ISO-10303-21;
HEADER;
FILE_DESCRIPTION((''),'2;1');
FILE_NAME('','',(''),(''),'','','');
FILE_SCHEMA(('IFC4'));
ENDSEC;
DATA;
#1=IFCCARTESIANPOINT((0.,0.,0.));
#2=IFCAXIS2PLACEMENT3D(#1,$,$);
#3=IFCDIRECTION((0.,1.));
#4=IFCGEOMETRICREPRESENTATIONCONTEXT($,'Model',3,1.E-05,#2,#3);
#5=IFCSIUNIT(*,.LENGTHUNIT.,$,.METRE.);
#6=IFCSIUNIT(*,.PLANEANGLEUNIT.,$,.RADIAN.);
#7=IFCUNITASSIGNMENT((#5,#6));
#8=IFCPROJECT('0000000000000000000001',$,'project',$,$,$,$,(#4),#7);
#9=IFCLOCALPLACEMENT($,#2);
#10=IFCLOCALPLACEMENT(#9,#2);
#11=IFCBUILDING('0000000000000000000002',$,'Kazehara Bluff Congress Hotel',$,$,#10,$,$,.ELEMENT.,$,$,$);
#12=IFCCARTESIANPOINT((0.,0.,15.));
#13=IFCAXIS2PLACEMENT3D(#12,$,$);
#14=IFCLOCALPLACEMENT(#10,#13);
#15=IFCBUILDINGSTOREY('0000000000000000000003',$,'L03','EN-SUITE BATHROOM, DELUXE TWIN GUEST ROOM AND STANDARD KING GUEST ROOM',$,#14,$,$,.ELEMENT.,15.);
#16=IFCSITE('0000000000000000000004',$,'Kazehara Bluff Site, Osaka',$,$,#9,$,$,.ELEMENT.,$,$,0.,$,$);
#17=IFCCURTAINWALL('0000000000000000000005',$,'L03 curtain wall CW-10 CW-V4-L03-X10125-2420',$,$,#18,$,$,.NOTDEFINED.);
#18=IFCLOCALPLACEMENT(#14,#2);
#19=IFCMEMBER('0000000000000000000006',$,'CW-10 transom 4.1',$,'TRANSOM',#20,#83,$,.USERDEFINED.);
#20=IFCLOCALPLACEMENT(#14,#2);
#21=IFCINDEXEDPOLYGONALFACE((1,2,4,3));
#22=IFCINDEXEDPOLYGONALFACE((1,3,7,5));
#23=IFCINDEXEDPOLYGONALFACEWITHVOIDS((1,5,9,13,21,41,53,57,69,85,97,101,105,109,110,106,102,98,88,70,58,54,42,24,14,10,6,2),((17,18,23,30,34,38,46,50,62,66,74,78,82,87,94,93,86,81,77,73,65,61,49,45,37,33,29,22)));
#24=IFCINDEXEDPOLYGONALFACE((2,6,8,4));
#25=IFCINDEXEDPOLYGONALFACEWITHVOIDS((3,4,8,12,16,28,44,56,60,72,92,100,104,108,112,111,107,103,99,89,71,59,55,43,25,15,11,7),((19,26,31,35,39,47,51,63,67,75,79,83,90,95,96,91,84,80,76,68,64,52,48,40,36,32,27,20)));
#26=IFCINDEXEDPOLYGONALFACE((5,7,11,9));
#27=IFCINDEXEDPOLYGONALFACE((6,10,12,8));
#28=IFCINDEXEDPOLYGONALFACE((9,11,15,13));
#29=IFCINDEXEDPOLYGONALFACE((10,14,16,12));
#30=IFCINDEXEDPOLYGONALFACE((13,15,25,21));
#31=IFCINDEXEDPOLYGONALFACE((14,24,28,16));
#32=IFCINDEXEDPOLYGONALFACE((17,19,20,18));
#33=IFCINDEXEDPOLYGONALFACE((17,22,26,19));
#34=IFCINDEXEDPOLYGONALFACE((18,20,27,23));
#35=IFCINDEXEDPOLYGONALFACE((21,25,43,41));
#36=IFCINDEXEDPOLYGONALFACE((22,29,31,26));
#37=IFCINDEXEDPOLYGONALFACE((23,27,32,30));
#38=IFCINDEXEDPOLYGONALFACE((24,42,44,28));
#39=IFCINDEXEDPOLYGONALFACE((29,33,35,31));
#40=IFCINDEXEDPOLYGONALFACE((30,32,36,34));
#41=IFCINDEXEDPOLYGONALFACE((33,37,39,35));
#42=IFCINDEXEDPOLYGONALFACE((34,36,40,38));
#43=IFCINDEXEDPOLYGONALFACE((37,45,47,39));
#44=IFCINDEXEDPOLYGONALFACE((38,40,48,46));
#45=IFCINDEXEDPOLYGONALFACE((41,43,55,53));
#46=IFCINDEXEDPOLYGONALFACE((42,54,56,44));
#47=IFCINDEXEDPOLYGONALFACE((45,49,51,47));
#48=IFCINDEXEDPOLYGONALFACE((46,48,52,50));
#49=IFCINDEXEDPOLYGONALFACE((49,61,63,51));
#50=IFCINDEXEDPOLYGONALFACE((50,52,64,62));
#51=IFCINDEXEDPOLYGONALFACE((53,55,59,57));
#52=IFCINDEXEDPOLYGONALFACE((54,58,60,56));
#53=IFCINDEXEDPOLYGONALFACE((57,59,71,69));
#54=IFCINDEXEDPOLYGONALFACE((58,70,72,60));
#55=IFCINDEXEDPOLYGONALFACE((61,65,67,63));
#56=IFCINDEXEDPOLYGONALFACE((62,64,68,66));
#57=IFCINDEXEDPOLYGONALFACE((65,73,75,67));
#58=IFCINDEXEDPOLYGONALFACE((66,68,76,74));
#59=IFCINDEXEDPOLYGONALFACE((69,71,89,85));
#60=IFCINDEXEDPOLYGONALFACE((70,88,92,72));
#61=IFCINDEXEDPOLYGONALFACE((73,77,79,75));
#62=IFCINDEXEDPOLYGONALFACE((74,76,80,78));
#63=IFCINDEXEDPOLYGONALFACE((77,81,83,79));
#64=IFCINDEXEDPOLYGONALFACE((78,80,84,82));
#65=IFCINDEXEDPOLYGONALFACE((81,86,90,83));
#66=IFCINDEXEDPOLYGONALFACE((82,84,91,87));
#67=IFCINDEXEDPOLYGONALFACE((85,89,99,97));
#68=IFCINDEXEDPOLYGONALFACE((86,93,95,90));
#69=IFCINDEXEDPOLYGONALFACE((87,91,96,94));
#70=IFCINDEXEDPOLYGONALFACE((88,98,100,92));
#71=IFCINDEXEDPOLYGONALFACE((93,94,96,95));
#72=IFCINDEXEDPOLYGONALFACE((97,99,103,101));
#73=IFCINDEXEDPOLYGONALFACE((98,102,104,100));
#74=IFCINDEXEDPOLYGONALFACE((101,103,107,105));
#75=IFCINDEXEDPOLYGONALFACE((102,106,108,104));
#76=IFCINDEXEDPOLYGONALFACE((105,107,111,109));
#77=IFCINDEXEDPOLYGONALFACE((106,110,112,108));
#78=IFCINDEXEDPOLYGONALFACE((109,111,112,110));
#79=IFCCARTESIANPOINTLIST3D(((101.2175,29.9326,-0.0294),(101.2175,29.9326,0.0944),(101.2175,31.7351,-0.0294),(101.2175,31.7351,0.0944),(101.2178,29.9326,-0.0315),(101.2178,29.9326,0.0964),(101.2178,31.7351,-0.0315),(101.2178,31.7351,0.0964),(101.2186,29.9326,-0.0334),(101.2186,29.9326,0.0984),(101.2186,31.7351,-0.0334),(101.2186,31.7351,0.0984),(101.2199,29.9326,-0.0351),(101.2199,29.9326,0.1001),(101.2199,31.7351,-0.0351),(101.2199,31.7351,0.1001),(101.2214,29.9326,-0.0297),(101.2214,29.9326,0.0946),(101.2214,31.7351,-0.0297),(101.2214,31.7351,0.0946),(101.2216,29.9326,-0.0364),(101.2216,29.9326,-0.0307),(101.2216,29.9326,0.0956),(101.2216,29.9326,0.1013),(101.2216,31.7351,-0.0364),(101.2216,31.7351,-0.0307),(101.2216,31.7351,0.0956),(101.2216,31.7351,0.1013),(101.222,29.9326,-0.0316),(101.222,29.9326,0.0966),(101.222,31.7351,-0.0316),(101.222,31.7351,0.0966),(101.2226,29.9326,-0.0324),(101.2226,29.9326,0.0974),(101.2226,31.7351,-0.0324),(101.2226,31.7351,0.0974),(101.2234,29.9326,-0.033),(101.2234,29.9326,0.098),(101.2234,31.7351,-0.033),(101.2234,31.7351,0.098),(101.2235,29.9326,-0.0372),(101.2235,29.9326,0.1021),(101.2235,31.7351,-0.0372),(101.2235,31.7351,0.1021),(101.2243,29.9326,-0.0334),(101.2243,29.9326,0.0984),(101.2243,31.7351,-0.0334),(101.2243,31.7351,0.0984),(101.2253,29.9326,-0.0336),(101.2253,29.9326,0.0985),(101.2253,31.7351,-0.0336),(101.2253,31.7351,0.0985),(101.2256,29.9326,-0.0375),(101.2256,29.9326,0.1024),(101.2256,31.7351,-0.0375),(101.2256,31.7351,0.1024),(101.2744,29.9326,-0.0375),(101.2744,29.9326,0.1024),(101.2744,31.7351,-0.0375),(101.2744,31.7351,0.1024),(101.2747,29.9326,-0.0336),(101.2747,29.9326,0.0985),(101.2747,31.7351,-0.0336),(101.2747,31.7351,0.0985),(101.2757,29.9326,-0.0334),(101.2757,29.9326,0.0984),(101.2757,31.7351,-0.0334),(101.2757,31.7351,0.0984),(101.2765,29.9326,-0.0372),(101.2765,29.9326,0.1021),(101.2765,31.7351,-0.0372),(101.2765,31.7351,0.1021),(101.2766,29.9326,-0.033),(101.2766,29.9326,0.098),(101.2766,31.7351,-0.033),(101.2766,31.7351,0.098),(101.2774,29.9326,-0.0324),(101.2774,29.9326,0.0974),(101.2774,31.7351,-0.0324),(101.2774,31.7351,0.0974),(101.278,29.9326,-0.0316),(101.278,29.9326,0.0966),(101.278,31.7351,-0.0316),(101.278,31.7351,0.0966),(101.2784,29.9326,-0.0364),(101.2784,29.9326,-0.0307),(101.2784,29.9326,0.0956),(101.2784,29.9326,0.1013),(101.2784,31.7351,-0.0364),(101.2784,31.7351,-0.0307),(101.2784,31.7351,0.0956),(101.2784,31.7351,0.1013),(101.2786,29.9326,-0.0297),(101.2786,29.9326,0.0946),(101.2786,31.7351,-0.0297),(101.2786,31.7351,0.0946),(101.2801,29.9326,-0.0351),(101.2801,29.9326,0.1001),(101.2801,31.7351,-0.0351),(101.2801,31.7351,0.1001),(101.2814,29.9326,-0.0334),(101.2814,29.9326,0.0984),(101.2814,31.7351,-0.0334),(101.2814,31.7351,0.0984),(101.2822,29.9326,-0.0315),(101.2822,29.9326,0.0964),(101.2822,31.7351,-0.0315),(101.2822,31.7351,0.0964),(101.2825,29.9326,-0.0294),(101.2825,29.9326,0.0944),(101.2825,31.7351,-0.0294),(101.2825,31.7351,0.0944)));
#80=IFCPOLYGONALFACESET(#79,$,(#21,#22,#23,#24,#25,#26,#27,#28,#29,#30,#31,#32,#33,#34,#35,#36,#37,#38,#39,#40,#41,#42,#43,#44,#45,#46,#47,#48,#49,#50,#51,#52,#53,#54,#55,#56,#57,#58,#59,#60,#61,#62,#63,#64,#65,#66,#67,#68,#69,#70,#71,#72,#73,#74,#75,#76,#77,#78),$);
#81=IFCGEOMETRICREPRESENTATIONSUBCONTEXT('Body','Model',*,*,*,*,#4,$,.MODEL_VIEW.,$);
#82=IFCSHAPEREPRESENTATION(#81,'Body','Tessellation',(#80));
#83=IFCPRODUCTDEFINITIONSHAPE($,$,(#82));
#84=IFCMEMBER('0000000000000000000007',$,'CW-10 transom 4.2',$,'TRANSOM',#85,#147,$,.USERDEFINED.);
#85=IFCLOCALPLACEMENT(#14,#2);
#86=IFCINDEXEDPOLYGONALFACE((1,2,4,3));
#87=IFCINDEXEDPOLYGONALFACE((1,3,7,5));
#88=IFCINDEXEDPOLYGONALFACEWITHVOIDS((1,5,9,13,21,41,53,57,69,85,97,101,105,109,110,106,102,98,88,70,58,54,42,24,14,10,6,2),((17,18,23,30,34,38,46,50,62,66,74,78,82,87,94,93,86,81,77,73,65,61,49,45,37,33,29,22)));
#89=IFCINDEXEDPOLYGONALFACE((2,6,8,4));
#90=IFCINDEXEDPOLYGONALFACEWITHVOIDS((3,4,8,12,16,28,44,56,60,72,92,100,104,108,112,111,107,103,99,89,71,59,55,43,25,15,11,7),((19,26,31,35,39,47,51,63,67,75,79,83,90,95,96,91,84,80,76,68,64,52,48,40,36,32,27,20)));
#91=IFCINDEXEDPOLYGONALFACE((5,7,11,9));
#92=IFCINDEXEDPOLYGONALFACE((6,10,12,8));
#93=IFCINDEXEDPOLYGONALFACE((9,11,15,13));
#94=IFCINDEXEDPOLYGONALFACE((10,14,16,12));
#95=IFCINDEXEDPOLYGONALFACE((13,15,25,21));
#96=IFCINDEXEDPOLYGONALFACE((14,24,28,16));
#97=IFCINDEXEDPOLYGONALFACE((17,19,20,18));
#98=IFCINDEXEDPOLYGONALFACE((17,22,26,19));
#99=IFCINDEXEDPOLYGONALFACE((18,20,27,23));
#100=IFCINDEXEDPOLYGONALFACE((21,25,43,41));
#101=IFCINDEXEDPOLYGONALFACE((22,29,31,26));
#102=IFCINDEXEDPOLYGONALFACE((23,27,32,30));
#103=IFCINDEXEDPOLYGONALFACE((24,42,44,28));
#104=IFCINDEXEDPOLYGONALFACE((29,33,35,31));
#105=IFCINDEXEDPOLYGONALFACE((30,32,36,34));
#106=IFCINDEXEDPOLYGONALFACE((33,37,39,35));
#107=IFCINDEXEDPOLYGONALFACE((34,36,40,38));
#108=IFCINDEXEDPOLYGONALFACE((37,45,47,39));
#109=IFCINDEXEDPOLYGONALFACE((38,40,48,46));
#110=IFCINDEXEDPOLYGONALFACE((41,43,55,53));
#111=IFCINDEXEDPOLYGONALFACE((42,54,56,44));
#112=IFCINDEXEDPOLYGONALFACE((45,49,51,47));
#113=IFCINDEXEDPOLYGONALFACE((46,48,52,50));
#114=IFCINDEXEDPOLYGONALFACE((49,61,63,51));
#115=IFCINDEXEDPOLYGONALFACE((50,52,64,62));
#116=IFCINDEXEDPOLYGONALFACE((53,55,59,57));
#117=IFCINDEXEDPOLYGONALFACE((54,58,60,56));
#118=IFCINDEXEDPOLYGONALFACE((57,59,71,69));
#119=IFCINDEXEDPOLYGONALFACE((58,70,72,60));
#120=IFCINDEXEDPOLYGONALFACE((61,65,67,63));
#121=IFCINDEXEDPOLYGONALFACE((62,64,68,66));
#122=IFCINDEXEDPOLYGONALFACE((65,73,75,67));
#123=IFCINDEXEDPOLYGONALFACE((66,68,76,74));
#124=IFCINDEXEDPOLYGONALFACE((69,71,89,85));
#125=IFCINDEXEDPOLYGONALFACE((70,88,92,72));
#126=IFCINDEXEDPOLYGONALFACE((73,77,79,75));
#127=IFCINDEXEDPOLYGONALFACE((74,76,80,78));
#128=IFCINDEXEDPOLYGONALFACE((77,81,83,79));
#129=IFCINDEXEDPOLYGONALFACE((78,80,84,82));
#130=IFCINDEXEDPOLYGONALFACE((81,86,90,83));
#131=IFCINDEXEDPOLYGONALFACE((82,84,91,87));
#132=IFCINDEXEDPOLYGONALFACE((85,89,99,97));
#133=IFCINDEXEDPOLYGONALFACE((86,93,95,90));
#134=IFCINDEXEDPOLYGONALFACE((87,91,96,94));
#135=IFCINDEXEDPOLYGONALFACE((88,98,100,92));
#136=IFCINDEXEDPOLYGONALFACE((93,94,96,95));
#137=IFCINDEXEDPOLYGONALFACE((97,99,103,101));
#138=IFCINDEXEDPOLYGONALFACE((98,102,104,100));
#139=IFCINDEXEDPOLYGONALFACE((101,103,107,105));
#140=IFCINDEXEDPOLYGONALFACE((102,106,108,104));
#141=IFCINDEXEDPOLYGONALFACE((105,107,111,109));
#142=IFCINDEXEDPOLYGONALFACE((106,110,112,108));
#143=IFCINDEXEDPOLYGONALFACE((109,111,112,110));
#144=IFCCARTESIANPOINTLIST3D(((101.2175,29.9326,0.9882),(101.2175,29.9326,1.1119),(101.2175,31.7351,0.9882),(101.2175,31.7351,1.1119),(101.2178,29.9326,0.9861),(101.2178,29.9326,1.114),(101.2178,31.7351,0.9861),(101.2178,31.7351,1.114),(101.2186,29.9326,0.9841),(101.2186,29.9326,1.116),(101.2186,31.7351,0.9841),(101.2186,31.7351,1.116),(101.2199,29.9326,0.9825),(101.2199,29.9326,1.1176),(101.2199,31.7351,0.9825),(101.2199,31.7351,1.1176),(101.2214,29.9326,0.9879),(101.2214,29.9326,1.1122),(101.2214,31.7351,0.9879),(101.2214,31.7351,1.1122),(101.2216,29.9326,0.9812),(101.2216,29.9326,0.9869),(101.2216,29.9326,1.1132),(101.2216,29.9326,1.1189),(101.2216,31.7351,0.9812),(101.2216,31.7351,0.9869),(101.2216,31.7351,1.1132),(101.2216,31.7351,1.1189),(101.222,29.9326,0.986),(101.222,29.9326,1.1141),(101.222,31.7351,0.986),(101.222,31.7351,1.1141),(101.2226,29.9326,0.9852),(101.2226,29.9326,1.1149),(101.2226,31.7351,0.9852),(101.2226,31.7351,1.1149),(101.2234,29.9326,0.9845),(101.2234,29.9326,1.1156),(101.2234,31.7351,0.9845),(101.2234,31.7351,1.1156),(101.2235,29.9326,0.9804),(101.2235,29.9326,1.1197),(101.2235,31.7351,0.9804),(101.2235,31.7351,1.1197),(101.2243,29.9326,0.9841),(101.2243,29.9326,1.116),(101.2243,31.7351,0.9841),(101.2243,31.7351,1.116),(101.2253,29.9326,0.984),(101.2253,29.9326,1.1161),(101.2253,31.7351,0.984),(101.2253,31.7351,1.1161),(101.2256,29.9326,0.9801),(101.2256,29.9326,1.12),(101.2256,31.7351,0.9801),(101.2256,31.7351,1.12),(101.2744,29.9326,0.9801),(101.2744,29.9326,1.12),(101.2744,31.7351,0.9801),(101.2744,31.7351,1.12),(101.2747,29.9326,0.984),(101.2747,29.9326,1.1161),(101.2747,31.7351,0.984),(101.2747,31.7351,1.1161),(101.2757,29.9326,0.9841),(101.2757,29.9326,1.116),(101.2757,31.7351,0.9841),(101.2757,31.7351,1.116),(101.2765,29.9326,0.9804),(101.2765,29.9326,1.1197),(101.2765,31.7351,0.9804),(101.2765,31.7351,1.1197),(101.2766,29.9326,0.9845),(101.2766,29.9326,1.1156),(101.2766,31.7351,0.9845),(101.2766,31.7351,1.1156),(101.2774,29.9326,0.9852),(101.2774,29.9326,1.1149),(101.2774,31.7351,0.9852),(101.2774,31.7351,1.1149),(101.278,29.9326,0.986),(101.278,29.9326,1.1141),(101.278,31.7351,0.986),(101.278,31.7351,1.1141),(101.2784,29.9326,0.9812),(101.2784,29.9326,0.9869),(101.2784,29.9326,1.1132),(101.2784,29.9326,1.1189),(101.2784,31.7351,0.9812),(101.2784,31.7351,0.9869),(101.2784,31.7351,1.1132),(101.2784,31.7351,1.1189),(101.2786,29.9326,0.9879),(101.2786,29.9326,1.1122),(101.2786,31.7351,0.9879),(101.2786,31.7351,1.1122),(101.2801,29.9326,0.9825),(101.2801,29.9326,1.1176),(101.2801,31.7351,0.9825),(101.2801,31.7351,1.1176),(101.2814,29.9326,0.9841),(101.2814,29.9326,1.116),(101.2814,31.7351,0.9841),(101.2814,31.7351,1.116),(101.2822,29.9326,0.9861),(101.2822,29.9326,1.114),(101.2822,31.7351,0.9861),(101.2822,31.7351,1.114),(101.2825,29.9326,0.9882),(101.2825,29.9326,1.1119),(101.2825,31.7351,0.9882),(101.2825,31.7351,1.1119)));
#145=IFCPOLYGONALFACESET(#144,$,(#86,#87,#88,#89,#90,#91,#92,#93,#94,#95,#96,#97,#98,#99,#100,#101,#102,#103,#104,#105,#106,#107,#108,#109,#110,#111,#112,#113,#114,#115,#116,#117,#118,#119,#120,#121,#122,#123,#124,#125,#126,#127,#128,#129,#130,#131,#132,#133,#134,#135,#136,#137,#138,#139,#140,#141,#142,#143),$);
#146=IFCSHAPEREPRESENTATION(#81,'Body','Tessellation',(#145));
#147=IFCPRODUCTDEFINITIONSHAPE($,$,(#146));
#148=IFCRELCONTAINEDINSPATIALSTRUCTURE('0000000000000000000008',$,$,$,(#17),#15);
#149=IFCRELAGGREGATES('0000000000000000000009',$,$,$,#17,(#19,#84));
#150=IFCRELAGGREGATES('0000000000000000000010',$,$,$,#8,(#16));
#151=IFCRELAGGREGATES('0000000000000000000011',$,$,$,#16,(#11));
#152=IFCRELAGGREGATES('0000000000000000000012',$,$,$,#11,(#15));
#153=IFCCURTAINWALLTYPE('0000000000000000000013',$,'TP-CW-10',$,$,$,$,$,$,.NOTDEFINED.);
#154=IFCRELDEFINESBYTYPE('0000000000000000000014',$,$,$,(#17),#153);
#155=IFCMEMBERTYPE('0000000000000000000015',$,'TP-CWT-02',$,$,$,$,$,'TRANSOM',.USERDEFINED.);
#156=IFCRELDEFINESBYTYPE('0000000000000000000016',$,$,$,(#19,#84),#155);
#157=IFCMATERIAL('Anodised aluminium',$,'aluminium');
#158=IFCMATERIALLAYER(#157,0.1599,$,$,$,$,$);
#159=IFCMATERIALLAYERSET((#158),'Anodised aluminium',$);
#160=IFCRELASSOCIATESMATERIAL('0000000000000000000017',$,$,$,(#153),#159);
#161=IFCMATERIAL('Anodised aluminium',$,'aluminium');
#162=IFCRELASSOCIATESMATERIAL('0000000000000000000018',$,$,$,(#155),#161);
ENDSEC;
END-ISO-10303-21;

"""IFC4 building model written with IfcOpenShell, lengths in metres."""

from ifc_helpers import new_model, si_unit, direction, frame, origin, origin_2d, place, context, subcontext, project, spatial, hollow_rectangle, extrude, material, layer, layer_set, material_profile, profile_set, type_object, element, aggregate, save


model = new_model("IFC4")

# Units and contexts
model_context = context("Model", 3, precision=1e-05, world=origin(), true_north=direction((0.0, 1.0)))
body_context = subcontext(model_context, "Body", "Model", "MODEL_VIEW")
ifc_project = project(units=[si_unit("LENGTHUNIT", "METRE"), si_unit("PLANEANGLEUNIT", "RADIAN")], contexts=[model_context])

# Site, building, storey
site_placement = place(None, origin())
site = spatial("IfcSite", under=ifc_project, at=site_placement, Name="Kazehara Bluff Site, Osaka", CompositionType="ELEMENT", RefElevation=0.0)
building_placement = place(site_placement, origin())
building = spatial("IfcBuilding", under=site, at=building_placement, Name="Kazehara Bluff Congress Hotel", CompositionType="ELEMENT")
storey_placement = place(building_placement, frame((0.0, 0.0, 15.0)))
storey = spatial("IfcBuildingStorey", under=building, at=storey_placement, Name="L03", Description="EN-SUITE BATHROOM, DELUXE TWIN GUEST ROOM AND STANDARD KING GUEST ROOM", CompositionType="ELEMENT", Elevation=15.0)

# Curtain wall, members
ifc_material_1 = material(Name="Anodised aluminium", Category="aluminium")
ifc_layer_1 = layer(ifc_material_1, 0.1599)
ifc_layer_set_1 = layer_set([ifc_layer_1], Name="Anodised aluminium")
curtain_wall_type = type_object("IfcCurtainWallType", Name="TP-CW-10", PredefinedType="NOTDEFINED", material=ifc_layer_set_1)
curtain_wall_placement = place(storey_placement, origin())
curtain_wall = element("IfcCurtainWall", 1, at=curtain_wall_placement, inside=storey, type_object=curtain_wall_type, Name="L03 curtain wall CW-10 CW-V4-L03-X10125-2420", PredefinedType="NOTDEFINED")
ifc_material_2 = material(Name="Anodised aluminium", Category="aluminium")
ifc_material_profile_1 = material_profile(ifc_material_2, hollow_rectangle(XDim=0.0649, YDim=0.1399, WallThickness=0.0039, InnerFilletRadius=0.0039, OuterFilletRadius=0.0081, at=origin_2d()))
ifc_profile_set_1 = profile_set([ifc_material_profile_1], Name="Anodised aluminium")
member_type_1 = type_object("IfcMemberType", Name="TP-CWT-02", ElementType="TRANSOM", PredefinedType="USERDEFINED", material=ifc_profile_set_1)
member_1_placement = place(storey_placement, frame((101.25, 29.9326, 0.0325), z_axis=(0.0, 1.0, 0.0), x_axis=(-1.0, 0.0, 0.0)))
member_1 = element("IfcMember", 2, at=member_1_placement, type_object=member_type_1, Name="CW-10 transom 4.1", ObjectType="TRANSOM", PredefinedType="USERDEFINED", context=body_context, shape_type="SweptSolid", body=[
    extrude(hollow_rectangle(XDim=0.0649, YDim=0.1399, WallThickness=0.0039, InnerFilletRadius=0.0039, OuterFilletRadius=0.0081, at=origin_2d()), origin(), (0.0, 0.0, 1.0), 1.8025),
])
member_2_placement = place(storey_placement, frame((101.25, 29.9326, 1.05), z_axis=(0.0, 1.0, 0.0), x_axis=(-1.0, 0.0, 0.0)))
member_2 = element("IfcMember", 3, at=member_2_placement, type_object=member_type_1, Name="CW-10 transom 4.2", ObjectType="TRANSOM", PredefinedType="USERDEFINED", context=body_context, shape_type="SweptSolid", body=[
    extrude(hollow_rectangle(XDim=0.0649, YDim=0.1399, WallThickness=0.0039, InnerFilletRadius=0.0039, OuterFilletRadius=0.0081, at=origin_2d()), origin(), (0.0, 0.0, 1.0), 1.8025),
])

aggregate(curtain_wall, [member_1, member_2])

save(model, "model.ifc")
